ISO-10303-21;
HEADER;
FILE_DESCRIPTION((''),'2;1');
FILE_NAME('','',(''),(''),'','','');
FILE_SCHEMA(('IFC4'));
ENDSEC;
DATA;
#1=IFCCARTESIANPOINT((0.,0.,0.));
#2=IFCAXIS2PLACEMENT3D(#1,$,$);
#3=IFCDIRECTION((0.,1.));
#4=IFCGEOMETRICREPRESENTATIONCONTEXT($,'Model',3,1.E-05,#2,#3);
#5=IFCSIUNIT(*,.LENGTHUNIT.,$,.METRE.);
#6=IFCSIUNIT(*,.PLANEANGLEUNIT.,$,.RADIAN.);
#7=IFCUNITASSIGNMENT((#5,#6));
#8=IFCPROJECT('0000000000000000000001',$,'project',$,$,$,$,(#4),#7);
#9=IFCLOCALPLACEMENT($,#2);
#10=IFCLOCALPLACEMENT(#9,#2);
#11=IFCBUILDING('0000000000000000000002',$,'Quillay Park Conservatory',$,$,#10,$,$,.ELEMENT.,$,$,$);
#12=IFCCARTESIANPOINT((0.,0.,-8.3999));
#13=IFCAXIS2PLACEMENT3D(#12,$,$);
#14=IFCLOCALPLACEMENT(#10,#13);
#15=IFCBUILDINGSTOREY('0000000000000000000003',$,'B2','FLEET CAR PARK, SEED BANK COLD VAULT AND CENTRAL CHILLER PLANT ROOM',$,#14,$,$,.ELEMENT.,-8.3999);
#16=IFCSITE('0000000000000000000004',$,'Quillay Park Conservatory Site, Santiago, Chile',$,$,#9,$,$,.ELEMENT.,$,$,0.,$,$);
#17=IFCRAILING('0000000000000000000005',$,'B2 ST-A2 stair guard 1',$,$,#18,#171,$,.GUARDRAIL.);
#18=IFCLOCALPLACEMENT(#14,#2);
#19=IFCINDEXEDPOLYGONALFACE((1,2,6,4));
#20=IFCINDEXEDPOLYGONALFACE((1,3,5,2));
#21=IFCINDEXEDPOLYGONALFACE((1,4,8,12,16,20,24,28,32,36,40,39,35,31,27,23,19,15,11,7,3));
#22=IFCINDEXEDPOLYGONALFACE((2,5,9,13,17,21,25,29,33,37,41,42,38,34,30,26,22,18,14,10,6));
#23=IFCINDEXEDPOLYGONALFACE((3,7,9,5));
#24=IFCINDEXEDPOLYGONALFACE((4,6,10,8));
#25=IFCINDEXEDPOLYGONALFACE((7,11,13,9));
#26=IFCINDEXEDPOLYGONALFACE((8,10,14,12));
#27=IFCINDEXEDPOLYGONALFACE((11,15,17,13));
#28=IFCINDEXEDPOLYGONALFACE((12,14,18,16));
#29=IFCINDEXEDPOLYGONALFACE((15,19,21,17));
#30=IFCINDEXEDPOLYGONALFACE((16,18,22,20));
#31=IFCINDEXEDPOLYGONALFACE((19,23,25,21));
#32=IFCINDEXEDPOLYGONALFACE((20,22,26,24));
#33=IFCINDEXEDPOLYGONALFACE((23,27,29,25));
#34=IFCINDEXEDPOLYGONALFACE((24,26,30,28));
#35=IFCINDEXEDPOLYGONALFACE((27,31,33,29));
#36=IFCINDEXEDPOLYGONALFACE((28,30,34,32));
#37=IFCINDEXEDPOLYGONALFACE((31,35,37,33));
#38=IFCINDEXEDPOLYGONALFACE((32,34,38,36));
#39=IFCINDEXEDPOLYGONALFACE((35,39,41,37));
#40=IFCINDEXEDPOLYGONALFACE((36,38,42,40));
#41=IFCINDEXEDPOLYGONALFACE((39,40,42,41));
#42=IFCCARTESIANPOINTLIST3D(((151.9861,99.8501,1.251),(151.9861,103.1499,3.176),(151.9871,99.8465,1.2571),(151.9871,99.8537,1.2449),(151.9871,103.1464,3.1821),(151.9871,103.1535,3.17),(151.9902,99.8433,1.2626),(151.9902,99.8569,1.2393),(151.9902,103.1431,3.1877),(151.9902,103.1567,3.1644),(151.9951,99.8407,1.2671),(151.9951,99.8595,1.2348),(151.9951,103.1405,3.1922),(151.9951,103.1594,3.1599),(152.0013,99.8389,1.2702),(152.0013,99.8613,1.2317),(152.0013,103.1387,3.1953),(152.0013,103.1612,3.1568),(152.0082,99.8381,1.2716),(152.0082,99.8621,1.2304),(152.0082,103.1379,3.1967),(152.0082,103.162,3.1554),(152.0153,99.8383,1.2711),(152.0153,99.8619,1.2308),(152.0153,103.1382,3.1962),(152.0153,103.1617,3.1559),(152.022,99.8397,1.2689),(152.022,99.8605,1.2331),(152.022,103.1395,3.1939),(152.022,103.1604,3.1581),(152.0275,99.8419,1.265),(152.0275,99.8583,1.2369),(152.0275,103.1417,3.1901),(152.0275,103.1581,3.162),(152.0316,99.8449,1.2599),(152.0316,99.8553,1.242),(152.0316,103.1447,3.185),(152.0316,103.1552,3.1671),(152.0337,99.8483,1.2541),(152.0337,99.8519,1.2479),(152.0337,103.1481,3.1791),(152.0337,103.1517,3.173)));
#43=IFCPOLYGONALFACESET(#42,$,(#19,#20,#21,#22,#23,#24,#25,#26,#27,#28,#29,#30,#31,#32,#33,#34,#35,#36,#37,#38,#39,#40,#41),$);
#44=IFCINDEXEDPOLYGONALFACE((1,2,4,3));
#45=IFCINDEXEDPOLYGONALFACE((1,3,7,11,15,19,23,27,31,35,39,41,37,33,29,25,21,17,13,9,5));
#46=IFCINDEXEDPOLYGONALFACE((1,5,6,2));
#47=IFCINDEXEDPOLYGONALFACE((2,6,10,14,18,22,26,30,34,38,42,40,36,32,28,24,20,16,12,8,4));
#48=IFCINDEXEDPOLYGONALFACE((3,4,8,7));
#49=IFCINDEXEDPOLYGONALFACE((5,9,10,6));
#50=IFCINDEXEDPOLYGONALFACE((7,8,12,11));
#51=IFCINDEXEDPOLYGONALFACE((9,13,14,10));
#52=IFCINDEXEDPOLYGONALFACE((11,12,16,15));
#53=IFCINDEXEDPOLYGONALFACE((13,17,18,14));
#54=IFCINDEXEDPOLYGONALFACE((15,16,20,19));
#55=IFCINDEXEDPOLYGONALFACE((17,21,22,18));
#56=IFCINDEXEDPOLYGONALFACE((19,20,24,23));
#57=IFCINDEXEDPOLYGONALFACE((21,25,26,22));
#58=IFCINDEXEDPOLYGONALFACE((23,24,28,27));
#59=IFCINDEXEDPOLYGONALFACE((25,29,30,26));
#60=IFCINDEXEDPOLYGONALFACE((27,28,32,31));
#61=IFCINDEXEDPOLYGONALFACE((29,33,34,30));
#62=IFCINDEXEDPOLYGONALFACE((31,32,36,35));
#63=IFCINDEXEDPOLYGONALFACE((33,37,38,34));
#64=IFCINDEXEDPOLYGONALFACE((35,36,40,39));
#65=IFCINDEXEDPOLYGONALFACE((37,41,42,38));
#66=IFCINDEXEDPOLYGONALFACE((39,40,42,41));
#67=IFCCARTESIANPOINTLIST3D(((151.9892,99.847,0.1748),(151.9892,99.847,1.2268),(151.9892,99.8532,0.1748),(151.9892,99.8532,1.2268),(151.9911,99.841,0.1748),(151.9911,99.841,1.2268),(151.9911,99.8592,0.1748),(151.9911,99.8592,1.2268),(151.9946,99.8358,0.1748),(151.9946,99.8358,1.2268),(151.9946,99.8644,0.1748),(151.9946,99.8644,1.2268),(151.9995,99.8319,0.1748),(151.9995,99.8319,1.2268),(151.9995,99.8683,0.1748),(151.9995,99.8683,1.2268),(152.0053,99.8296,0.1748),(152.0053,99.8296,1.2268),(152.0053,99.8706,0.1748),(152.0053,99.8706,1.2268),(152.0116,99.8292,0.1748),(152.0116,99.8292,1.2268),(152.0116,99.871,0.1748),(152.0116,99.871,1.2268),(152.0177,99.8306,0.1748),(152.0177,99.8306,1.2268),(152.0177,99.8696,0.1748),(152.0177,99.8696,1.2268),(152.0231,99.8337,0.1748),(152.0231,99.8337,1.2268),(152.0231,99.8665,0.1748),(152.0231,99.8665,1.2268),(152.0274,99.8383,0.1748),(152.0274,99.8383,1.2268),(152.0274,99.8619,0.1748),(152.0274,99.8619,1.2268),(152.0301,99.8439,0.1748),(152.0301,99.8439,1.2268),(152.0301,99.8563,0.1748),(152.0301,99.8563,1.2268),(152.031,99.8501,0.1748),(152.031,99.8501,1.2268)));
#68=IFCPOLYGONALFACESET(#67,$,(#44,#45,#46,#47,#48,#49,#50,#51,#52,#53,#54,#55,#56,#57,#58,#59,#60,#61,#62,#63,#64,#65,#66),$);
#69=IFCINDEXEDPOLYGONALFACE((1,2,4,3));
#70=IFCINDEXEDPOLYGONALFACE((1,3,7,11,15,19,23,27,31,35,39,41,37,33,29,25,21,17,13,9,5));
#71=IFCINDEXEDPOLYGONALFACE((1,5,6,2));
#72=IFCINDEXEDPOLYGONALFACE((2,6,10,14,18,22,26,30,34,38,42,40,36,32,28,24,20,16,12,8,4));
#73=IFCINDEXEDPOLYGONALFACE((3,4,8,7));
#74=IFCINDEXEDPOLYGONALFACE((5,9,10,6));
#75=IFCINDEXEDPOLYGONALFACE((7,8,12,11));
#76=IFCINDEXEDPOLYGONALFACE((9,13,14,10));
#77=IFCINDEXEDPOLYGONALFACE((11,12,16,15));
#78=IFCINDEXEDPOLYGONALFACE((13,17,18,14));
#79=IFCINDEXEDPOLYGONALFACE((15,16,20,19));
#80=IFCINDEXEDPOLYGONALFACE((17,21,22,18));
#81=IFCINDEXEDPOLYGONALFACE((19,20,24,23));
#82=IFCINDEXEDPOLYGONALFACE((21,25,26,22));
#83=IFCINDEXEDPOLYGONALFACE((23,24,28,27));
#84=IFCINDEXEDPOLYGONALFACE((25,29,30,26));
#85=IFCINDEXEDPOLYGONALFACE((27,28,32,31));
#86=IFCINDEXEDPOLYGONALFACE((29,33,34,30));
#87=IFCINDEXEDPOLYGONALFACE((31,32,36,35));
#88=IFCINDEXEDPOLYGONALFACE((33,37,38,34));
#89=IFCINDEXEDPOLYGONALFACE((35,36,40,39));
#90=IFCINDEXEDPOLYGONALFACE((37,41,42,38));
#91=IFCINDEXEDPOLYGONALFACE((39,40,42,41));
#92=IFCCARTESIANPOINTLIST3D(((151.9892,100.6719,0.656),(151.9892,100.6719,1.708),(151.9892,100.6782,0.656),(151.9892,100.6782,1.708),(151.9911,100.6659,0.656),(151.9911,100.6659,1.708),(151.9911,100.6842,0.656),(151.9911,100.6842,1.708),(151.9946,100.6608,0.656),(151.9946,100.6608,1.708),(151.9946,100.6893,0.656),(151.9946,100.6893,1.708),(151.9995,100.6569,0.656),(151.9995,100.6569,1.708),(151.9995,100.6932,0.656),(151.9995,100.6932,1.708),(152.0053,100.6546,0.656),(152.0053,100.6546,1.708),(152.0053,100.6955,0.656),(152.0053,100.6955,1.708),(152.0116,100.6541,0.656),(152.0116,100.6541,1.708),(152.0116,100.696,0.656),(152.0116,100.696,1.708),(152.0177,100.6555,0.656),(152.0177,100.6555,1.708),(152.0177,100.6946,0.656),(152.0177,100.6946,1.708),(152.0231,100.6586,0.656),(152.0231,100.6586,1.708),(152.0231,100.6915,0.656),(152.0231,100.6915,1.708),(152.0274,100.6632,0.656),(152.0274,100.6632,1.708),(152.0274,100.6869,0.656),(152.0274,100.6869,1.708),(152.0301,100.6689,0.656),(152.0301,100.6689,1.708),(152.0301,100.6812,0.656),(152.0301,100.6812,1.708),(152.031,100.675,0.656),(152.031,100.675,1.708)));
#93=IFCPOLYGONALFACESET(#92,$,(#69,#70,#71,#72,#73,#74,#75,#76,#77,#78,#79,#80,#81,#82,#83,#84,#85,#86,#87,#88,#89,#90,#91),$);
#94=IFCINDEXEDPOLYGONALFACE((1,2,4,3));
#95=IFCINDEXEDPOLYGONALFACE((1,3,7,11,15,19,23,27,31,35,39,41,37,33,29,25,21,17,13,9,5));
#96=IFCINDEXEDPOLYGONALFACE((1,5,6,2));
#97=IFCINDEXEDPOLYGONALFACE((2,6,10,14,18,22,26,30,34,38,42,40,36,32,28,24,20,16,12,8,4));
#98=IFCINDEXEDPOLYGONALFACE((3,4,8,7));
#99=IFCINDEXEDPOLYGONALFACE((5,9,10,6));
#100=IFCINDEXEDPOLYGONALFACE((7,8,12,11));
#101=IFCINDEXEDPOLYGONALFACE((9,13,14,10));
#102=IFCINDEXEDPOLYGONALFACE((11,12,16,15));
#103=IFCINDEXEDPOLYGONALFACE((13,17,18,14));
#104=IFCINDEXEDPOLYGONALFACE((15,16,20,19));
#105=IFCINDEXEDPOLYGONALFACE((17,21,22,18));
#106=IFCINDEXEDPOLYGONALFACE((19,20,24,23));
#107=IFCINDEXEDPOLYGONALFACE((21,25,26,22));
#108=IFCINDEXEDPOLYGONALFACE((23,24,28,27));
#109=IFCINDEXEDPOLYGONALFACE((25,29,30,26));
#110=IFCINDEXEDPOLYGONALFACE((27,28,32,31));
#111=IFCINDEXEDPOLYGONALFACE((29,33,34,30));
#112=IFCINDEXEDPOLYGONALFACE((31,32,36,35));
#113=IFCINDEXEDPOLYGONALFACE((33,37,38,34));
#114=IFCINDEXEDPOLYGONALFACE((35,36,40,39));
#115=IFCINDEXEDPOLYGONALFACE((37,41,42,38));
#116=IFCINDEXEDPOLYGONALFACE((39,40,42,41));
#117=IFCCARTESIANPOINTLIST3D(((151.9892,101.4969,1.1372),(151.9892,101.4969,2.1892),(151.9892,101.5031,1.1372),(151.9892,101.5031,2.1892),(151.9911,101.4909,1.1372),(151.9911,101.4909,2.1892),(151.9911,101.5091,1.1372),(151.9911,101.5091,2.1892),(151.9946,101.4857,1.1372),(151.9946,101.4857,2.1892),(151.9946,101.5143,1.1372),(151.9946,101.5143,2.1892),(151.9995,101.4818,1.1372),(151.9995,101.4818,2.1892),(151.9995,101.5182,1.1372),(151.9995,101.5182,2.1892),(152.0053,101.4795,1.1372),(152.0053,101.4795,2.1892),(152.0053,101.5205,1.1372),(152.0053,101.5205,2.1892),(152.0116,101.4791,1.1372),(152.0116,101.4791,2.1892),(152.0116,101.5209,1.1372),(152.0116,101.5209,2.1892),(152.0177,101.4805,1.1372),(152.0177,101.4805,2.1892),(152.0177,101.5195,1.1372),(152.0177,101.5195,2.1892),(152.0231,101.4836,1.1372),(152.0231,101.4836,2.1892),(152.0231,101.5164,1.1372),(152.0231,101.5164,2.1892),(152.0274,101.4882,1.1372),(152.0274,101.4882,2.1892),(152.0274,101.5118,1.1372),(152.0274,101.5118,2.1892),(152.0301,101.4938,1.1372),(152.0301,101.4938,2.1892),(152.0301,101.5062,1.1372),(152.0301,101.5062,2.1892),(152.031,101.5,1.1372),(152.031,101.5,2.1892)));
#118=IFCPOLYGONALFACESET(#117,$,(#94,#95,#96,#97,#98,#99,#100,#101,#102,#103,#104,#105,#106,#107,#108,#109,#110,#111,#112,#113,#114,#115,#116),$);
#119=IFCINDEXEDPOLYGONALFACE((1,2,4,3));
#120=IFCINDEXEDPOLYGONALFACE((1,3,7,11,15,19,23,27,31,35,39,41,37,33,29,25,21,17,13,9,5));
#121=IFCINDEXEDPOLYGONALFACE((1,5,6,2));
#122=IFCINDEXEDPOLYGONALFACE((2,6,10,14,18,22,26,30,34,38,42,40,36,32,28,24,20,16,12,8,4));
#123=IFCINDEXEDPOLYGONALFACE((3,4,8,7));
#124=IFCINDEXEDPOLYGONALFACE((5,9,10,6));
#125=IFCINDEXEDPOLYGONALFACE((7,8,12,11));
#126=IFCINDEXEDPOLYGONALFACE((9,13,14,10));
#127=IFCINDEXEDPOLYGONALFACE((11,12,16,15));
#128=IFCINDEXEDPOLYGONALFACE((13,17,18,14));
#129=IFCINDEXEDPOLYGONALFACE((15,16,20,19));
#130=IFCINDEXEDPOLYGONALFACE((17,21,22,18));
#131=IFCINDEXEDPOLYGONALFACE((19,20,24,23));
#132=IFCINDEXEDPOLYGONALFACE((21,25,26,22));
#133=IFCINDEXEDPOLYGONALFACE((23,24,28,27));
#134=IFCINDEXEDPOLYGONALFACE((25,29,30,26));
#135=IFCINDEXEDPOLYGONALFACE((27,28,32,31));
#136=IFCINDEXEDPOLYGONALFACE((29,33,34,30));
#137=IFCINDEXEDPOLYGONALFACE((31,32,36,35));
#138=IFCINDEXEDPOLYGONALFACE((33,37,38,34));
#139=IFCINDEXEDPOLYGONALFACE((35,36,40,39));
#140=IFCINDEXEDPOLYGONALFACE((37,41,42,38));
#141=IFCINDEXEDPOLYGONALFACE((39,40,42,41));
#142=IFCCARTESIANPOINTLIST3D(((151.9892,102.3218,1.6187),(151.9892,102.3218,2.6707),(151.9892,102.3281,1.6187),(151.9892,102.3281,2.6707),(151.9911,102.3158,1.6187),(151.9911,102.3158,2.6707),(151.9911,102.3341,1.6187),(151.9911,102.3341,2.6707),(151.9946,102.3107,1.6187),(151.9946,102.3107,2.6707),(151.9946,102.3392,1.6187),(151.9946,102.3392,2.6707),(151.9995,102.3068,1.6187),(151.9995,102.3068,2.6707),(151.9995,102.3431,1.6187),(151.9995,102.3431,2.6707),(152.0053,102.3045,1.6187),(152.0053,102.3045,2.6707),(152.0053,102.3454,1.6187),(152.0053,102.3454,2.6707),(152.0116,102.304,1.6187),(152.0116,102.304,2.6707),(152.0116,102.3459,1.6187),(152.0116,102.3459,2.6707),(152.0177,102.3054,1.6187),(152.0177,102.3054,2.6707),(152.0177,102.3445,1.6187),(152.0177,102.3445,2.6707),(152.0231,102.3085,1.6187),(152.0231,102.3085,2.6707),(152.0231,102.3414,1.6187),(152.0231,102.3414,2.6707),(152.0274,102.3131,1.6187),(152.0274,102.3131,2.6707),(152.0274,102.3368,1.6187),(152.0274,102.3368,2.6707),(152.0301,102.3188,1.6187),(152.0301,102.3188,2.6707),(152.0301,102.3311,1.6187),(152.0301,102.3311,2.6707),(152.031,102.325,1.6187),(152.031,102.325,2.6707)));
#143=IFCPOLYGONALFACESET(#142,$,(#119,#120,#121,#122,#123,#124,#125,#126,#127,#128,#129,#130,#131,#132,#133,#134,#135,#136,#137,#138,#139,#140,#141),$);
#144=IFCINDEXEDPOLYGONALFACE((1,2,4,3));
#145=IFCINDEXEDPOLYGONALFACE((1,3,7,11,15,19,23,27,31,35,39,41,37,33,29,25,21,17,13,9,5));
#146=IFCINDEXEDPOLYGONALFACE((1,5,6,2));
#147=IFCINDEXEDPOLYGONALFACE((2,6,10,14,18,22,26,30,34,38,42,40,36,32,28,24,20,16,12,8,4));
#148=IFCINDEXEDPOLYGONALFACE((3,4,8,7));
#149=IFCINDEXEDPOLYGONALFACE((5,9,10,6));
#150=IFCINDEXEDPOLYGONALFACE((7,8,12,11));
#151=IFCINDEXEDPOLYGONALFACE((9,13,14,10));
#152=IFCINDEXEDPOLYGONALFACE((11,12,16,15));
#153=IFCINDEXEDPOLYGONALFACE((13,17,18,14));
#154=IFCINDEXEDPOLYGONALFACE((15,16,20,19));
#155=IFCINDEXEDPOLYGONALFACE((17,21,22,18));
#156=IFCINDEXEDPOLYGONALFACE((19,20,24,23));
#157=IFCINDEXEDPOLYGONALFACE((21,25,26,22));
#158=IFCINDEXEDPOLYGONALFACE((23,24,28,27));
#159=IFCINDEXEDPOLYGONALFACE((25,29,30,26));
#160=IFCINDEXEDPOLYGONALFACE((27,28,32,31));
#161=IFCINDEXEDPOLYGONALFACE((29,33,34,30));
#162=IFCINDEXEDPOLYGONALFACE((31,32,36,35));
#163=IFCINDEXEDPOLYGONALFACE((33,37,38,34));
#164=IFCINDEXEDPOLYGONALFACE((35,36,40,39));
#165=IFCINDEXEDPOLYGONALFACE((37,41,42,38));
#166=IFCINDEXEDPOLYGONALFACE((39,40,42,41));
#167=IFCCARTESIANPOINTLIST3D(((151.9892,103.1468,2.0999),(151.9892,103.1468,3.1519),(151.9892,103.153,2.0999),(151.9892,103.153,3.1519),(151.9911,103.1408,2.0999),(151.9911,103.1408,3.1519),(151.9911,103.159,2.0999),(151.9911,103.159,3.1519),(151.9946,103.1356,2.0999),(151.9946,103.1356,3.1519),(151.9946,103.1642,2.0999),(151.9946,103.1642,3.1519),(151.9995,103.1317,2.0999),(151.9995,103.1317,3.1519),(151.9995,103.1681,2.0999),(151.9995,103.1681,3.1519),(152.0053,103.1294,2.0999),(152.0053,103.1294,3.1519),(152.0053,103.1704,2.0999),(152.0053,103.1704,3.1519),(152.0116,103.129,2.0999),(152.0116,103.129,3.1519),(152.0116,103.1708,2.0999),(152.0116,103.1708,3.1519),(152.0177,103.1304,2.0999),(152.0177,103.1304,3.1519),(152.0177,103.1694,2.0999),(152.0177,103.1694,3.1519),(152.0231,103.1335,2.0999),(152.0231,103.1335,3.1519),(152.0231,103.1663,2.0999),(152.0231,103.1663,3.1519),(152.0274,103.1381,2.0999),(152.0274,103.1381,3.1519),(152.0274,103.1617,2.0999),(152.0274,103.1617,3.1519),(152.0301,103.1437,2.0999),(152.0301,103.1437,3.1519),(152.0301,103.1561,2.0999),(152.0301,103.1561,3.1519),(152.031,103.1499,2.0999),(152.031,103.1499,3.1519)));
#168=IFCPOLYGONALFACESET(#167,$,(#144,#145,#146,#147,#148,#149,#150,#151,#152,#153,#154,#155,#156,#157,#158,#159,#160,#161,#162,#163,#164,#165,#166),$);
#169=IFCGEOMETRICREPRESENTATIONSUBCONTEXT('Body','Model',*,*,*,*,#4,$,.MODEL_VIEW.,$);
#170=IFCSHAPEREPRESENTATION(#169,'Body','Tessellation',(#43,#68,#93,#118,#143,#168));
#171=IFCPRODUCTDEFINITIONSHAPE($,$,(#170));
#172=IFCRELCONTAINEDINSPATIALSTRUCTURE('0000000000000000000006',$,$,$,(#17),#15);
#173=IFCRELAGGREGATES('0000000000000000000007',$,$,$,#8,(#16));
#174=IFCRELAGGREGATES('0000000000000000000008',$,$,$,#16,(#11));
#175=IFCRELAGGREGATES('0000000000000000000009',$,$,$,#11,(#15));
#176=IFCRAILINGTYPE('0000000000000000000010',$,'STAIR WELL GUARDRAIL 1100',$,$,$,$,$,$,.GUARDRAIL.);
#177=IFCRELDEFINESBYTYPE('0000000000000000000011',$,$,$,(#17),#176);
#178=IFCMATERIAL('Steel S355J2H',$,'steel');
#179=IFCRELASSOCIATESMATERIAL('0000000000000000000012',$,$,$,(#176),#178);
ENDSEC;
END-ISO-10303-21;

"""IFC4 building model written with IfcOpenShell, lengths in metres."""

from ifc_helpers import new_model, si_unit, direction, frame, origin, origin_2d, place, context, subcontext, project, spatial, circle, extrude, material, type_object, element, save


model = new_model("IFC4")

# Units and contexts
model_context = context("Model", 3, precision=1e-05, world=origin(), true_north=direction((0.0, 1.0)))
body_context = subcontext(model_context, "Body", "Model", "MODEL_VIEW")
ifc_project = project(units=[si_unit("LENGTHUNIT", "METRE"), si_unit("PLANEANGLEUNIT", "RADIAN")], contexts=[model_context])

# Site, building, storey
site_placement = place(None, origin())
site = spatial("IfcSite", under=ifc_project, at=site_placement, Name="Quillay Park Conservatory Site, Santiago, Chile", CompositionType="ELEMENT", RefElevation=0.0)
building_placement = place(site_placement, origin())
building = spatial("IfcBuilding", under=site, at=building_placement, Name="Quillay Park Conservatory", CompositionType="ELEMENT")
storey_placement = place(building_placement, frame((0.0, 0.0, -8.3999)))
storey = spatial("IfcBuildingStorey", under=building, at=storey_placement, Name="B2", Description="FLEET CAR PARK, SEED BANK COLD VAULT AND CENTRAL CHILLER PLANT ROOM", CompositionType="ELEMENT", Elevation=-8.3999)

# Railing
ifc_material_1 = material(Name="Steel S355J2H", Category="steel")
railing_type_1 = type_object("IfcRailingType", Name="STAIR WELL GUARDRAIL 1100", PredefinedType="GUARDRAIL", material=ifc_material_1)
railing_1_placement = place(storey_placement, frame((152.01, 99.8501, 0.1748)))
element("IfcRailing", 1, at=railing_1_placement, inside=storey, type_object=railing_type_1, Name="B2 ST-A2 stair guard 1", PredefinedType="GUARDRAIL", context=body_context, shape_type="SweptSolid", body=[
    extrude(circle(Radius=0.0239, at=origin_2d()), frame((0.0, 0.0, 1.0762), z_axis=(0.0, 0.86376, 0.503903), x_axis=(-1.0, 0.0, 0.0)), (0.0, 0.0, 1.0), 3.8203),
    extrude(circle(Radius=0.021, at=origin_2d()), origin(), (0.0, 0.0, 1.0), 1.052),
    extrude(circle(Radius=0.021, at=origin_2d()), frame((0.0, 0.825, 0.4812)), (0.0, 0.0, 1.0), 1.052),
    extrude(circle(Radius=0.021, at=origin_2d()), frame((0.0, 1.6499, 0.9624)), (0.0, 0.0, 1.0), 1.052),
    extrude(circle(Radius=0.021, at=origin_2d()), frame((0.0, 2.4749, 1.4438)), (0.0, 0.0, 1.0), 1.052),
    extrude(circle(Radius=0.021, at=origin_2d()), frame((0.0, 3.2998, 1.925)), (0.0, 0.0, 1.0), 1.052),
])

save(model, "model.ifc")
